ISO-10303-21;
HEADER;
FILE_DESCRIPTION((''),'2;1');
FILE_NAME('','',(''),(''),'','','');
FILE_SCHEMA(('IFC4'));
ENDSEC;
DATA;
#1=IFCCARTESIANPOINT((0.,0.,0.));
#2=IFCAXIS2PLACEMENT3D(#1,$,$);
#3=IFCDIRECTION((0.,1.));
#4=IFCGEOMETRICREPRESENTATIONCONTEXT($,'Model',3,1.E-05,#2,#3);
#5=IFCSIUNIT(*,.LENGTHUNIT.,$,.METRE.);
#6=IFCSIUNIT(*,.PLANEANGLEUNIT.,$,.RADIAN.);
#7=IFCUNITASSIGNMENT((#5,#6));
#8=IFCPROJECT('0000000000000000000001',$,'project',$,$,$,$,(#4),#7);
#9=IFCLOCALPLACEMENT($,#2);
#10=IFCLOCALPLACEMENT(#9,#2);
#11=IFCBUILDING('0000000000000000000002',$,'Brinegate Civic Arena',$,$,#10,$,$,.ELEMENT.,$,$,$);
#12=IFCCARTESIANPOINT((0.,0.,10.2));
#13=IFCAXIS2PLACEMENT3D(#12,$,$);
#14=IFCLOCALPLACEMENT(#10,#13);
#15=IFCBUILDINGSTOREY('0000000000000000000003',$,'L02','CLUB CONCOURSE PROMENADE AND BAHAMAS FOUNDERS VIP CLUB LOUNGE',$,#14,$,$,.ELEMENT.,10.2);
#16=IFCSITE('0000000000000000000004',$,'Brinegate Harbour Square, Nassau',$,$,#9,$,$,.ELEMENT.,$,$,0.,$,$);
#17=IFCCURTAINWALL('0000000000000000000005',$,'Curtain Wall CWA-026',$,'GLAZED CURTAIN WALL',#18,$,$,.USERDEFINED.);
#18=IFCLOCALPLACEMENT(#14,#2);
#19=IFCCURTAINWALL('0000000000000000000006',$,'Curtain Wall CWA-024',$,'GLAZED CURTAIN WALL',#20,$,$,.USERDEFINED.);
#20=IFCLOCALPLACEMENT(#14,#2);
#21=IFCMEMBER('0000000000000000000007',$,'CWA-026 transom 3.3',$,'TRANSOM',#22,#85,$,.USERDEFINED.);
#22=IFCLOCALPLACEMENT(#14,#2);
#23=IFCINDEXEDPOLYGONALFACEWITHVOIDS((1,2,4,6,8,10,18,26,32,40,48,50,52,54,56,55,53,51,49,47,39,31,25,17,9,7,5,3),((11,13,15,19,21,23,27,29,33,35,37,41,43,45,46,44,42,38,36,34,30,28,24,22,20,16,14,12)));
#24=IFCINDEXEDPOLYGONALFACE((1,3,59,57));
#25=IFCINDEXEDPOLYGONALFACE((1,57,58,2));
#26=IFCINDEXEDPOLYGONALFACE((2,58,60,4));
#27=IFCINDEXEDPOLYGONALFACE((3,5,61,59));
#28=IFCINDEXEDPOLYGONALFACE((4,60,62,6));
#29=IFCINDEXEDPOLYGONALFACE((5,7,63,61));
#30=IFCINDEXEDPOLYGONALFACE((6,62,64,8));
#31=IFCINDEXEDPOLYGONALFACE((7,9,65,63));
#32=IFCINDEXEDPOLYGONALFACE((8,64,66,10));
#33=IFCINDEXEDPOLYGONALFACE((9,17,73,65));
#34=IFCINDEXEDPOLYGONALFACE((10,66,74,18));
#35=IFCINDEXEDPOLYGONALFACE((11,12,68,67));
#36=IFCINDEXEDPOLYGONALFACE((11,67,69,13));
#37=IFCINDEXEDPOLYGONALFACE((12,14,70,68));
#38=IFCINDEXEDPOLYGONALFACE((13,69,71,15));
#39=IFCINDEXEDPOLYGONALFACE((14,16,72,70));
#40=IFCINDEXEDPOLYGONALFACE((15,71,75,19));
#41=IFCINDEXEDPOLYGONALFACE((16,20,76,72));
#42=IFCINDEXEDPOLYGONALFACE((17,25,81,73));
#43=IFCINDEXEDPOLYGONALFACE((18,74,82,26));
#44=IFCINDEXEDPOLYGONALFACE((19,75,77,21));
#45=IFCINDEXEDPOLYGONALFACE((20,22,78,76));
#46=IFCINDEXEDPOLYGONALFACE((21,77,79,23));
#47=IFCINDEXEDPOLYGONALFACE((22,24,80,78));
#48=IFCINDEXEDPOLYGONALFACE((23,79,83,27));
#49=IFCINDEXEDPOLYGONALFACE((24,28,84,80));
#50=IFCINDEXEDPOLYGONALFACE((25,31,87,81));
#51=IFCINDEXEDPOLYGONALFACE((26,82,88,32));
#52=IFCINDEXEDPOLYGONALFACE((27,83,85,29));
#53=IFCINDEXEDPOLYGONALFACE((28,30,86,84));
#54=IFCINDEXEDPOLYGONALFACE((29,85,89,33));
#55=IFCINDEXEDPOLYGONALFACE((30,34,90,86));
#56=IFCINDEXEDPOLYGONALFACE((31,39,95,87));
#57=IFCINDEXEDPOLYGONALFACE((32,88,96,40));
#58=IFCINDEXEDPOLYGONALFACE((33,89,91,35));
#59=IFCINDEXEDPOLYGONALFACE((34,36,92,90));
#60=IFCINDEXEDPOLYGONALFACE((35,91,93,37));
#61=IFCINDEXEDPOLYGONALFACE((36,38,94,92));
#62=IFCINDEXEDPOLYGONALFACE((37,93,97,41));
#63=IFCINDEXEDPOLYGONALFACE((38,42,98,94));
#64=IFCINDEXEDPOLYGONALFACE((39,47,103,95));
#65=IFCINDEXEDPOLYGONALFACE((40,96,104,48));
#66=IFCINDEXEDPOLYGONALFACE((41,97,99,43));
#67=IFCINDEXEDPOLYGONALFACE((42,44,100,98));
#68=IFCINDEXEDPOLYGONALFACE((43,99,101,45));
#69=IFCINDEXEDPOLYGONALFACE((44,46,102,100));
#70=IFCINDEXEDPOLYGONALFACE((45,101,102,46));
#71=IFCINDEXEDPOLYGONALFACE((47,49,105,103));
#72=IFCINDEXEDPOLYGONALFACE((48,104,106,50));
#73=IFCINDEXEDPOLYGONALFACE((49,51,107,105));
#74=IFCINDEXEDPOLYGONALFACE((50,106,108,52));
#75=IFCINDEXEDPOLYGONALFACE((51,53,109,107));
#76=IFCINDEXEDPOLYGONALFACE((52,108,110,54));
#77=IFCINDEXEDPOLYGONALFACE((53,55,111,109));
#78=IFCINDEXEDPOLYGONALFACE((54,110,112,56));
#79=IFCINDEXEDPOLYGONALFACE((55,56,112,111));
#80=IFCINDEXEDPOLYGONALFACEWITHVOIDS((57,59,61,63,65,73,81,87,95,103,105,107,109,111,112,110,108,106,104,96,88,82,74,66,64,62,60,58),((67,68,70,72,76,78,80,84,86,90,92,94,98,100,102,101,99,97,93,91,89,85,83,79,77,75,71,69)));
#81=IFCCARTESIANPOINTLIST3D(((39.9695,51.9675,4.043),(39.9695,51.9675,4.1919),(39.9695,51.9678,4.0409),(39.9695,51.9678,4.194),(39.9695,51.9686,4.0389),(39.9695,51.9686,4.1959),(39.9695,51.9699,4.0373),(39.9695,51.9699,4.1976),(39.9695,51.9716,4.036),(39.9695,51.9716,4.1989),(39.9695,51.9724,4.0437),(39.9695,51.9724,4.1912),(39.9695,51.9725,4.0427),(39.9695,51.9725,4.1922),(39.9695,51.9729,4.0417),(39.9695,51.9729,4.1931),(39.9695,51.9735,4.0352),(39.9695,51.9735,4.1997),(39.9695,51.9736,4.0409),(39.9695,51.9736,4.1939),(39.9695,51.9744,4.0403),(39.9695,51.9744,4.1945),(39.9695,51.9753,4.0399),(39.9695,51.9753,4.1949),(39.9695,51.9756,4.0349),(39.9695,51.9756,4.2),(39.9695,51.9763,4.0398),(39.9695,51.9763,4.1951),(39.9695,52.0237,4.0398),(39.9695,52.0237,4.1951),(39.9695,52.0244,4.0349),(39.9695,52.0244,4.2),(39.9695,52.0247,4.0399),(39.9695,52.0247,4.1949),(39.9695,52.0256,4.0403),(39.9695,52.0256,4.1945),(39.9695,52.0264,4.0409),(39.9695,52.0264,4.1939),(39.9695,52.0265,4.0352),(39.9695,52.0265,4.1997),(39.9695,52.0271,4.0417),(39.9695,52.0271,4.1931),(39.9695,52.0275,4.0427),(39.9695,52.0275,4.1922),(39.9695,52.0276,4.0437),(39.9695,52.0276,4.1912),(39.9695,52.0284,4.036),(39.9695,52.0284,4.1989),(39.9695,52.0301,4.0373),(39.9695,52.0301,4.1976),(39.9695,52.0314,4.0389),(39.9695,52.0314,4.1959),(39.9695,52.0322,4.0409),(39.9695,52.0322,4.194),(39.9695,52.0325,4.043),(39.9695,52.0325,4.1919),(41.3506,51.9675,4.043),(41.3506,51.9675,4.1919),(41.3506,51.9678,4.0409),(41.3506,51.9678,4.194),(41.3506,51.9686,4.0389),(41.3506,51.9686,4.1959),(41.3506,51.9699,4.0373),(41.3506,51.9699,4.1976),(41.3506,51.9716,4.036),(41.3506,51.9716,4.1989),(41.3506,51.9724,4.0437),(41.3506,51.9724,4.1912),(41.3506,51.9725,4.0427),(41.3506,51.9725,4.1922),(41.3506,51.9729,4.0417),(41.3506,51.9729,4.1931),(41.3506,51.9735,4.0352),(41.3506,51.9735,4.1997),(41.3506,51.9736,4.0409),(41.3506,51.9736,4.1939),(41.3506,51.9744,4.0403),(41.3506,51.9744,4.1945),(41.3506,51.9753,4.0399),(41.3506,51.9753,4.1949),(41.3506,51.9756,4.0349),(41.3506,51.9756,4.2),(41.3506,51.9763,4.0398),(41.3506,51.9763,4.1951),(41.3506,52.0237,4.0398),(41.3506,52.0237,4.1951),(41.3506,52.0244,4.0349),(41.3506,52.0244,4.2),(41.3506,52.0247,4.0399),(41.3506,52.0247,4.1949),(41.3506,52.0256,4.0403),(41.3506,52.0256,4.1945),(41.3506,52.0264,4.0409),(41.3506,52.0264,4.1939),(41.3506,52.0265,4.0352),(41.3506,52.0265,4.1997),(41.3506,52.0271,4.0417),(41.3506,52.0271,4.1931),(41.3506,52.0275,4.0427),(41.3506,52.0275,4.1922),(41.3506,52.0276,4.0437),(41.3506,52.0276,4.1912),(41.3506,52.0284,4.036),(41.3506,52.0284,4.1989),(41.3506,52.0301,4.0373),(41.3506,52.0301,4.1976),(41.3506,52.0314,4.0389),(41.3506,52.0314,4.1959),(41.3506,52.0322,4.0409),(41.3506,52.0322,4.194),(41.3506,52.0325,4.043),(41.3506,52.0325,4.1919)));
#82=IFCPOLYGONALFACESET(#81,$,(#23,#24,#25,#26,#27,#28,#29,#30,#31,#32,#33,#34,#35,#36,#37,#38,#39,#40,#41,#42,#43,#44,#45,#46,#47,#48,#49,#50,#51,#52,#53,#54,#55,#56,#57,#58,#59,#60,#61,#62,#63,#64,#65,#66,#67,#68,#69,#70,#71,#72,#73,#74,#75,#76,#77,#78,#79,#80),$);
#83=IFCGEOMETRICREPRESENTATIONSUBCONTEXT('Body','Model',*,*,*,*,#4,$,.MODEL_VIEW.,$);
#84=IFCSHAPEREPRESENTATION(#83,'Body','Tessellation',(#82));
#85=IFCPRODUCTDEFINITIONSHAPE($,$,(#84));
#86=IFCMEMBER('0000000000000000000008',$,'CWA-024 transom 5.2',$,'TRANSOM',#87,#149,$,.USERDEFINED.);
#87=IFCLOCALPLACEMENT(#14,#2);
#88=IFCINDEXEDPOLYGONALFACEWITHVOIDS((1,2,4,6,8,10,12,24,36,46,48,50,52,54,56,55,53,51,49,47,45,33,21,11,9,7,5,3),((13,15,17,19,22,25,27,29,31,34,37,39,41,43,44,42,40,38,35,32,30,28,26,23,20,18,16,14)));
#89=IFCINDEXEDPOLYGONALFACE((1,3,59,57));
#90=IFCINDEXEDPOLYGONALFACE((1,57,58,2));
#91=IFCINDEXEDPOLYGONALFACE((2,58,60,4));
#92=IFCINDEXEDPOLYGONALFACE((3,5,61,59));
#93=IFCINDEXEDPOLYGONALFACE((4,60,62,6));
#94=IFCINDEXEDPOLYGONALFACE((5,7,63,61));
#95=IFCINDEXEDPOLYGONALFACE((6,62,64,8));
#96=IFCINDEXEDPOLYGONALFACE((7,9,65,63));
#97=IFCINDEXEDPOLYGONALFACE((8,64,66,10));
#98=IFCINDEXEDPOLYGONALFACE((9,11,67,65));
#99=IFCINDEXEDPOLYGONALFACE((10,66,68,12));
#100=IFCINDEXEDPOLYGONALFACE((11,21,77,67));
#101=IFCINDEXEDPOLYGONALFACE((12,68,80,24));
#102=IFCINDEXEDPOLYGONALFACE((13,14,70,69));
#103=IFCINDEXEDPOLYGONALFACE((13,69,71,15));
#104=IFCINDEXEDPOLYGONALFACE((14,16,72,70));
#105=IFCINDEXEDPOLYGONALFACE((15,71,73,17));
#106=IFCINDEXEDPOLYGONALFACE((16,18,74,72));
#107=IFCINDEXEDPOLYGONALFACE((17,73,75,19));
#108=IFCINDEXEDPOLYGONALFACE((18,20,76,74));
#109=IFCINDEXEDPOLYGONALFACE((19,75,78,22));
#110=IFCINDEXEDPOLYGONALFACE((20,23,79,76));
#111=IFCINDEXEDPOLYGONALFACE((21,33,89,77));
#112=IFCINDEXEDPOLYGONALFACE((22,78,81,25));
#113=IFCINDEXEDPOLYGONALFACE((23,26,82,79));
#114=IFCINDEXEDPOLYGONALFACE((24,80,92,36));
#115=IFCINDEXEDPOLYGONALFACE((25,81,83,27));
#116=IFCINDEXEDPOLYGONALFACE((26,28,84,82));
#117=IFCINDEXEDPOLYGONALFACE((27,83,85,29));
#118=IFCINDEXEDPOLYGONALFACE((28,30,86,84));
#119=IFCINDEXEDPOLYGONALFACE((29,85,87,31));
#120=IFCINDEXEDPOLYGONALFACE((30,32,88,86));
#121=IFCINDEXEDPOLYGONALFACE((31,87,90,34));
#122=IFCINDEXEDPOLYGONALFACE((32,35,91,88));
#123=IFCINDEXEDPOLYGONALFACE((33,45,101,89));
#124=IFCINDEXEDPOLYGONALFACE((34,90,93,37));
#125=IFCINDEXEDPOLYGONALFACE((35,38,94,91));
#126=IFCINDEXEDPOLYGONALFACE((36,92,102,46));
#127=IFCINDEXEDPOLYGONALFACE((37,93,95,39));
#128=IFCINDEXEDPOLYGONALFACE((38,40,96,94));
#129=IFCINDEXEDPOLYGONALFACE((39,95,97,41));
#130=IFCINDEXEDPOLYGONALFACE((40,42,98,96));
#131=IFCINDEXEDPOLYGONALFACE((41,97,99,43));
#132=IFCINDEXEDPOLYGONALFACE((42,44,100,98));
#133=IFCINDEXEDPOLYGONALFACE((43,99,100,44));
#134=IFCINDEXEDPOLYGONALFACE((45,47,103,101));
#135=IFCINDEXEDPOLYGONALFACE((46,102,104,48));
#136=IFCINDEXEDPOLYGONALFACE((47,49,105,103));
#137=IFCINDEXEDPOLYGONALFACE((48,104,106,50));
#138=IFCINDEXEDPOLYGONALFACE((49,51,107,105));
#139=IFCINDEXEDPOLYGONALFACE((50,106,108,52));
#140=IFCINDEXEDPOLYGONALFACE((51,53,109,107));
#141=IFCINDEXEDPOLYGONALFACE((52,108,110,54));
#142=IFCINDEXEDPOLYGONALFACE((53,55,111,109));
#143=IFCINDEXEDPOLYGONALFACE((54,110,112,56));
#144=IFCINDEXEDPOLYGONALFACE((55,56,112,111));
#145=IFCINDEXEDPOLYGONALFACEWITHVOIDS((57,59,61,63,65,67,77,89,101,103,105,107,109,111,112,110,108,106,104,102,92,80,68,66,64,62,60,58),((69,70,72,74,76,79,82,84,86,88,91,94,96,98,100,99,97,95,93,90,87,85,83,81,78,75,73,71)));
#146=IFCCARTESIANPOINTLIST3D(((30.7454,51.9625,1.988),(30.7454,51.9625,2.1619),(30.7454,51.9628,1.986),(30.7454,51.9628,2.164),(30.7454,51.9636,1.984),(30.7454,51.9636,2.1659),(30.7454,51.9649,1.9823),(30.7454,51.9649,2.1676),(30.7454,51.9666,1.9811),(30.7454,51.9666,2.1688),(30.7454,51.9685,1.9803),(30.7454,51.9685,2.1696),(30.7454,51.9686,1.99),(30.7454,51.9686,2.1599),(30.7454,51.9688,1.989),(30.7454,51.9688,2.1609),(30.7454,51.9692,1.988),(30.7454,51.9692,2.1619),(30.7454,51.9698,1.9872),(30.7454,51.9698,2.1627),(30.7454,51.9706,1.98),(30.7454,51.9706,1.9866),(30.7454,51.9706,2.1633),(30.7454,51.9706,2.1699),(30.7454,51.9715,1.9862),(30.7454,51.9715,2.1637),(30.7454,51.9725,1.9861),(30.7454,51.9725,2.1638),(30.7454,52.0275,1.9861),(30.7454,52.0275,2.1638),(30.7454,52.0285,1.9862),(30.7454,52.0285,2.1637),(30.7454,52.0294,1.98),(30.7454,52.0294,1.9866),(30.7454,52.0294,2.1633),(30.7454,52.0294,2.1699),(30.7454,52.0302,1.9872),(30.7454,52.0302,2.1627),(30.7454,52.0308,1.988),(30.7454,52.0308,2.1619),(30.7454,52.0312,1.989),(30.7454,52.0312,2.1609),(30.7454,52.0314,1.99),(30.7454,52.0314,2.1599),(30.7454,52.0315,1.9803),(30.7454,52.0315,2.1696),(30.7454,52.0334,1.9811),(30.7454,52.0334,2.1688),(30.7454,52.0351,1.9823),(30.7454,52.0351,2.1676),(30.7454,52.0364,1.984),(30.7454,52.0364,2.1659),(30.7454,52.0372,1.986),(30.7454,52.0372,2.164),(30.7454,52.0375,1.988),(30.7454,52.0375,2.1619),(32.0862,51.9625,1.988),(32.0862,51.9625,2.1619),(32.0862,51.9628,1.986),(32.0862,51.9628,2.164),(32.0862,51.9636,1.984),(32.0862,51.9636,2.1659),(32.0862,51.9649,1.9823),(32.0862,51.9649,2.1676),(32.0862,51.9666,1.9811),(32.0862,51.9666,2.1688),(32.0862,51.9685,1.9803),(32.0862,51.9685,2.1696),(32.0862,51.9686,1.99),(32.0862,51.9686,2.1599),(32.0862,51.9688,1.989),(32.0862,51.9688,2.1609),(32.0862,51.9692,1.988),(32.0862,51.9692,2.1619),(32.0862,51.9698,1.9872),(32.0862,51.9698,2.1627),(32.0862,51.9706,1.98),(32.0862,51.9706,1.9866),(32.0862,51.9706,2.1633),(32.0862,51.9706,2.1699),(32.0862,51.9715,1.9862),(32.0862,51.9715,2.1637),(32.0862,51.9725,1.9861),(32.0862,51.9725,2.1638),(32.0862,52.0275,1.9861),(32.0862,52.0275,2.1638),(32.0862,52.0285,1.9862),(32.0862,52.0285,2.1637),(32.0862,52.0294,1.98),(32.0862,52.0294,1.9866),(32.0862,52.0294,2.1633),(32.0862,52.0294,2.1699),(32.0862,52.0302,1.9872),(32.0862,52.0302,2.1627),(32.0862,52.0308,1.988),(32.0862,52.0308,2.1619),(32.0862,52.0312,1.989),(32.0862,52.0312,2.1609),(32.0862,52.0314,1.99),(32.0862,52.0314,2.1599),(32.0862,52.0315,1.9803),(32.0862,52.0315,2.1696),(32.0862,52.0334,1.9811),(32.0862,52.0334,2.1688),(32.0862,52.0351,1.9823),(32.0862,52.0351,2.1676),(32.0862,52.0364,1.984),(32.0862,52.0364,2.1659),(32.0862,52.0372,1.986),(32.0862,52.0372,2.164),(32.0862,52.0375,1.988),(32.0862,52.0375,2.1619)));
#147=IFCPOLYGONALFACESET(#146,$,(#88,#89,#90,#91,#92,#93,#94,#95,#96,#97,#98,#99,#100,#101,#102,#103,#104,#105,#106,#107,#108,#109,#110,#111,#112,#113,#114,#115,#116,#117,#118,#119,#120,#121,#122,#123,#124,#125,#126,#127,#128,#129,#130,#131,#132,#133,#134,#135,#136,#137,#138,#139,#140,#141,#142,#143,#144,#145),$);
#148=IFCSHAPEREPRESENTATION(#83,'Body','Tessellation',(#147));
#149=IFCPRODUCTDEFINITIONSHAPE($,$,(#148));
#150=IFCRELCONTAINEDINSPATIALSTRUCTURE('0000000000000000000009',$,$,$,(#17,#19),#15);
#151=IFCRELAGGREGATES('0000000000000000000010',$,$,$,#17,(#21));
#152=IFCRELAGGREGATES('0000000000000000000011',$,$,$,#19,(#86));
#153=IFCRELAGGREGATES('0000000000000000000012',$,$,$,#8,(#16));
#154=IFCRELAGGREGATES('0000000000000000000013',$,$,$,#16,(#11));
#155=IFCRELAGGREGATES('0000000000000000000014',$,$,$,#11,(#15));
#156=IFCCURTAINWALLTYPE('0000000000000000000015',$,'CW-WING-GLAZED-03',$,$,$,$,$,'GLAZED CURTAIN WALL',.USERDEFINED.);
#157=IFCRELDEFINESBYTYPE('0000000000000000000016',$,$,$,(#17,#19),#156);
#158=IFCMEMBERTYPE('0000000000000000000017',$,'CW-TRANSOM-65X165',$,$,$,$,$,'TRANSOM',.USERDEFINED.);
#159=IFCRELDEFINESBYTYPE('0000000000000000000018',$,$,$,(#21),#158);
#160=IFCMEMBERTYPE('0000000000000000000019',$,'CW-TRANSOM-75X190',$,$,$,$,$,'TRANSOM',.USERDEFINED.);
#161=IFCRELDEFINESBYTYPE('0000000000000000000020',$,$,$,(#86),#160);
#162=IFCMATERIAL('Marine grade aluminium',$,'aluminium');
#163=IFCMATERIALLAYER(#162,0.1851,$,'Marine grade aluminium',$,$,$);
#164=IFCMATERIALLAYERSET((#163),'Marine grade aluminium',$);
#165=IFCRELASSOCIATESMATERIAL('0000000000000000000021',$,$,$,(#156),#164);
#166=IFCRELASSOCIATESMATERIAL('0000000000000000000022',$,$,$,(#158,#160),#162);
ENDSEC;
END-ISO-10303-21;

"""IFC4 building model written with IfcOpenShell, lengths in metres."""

from ifc_helpers import new_model, si_unit, direction, frame, origin, origin_2d, place, context, subcontext, project, spatial, hollow_rectangle, extrude, material, layer, layer_set, material_profile, profile_set, type_object, element, aggregate, save


model = new_model("IFC4")

# Units and contexts
model_context = context("Model", 3, precision=1e-05, world=origin(), true_north=direction((0.0, 1.0)))
body_context = subcontext(model_context, "Body", "Model", "MODEL_VIEW")
ifc_project = project(units=[si_unit("LENGTHUNIT", "METRE"), si_unit("PLANEANGLEUNIT", "RADIAN")], contexts=[model_context])

# Site, building, storey
site_placement = place(None, origin())
site = spatial("IfcSite", under=ifc_project, at=site_placement, Name="Brinegate Harbour Square, Nassau", CompositionType="ELEMENT", RefElevation=0.0)
building_placement = place(site_placement, origin())
building = spatial("IfcBuilding", under=site, at=building_placement, Name="Brinegate Civic Arena", CompositionType="ELEMENT")
storey_placement = place(building_placement, frame((0.0, 0.0, 10.2)))
storey = spatial("IfcBuildingStorey", under=building, at=storey_placement, Name="L02", Description="CLUB CONCOURSE PROMENADE AND BAHAMAS FOUNDERS VIP CLUB LOUNGE", CompositionType="ELEMENT", Elevation=10.2)

# Curtain walls
ifc_material_1 = material(Name="Marine grade aluminium", Category="aluminium")
ifc_layer_1 = layer(ifc_material_1, 0.1851, Name="Marine grade aluminium")
ifc_layer_set_1 = layer_set([ifc_layer_1], Name="Marine grade aluminium")
curtain_wall_type = type_object("IfcCurtainWallType", Name="CW-WING-GLAZED-03", ElementType="GLAZED CURTAIN WALL", PredefinedType="USERDEFINED", material=ifc_layer_set_1)
curtain_wall_1_placement = place(storey_placement, origin())
curtain_wall_1 = element("IfcCurtainWall", 1, at=curtain_wall_1_placement, inside=storey, type_object=curtain_wall_type, Name="Curtain Wall CWA-026", ObjectType="GLAZED CURTAIN WALL", PredefinedType="USERDEFINED")
curtain_wall_2_placement = place(storey_placement, origin())
curtain_wall_2 = element("IfcCurtainWall", 2, at=curtain_wall_2_placement, inside=storey, type_object=curtain_wall_type, Name="Curtain Wall CWA-024", ObjectType="GLAZED CURTAIN WALL", PredefinedType="USERDEFINED")

# Members
ifc_material_profile_1 = material_profile(ifc_material_1, hollow_rectangle(XDim=0.0649, YDim=0.165, WallThickness=0.0049, InnerFilletRadius=0.0039, OuterFilletRadius=0.0081, at=origin_2d()), Name="TRN65X165")
ifc_profile_set_1 = profile_set([ifc_material_profile_1], Name="Marine grade aluminium")
member_type_1 = type_object("IfcMemberType", Name="CW-TRANSOM-65X165", ElementType="TRANSOM", PredefinedType="USERDEFINED", material=ifc_profile_set_1)
member_1_placement = place(storey_placement, frame((39.9695, 52.0, 4.1174), z_axis=(1.0, 0.0, 0.0), x_axis=(0.0, 1.0, 0.0)))
member_1 = element("IfcMember", 3, at=member_1_placement, type_object=member_type_1, Name="CWA-026 transom 3.3", ObjectType="TRANSOM", PredefinedType="USERDEFINED", context=body_context, shape_type="SweptSolid", body=[
    extrude(hollow_rectangle(XDim=0.0649, YDim=0.165, WallThickness=0.0049, InnerFilletRadius=0.0039, OuterFilletRadius=0.0081, at=origin_2d()), origin(), (0.0, 0.0, 1.0), 1.3811),
])
ifc_material_profile_2 = material_profile(ifc_material_1, hollow_rectangle(XDim=0.075, YDim=0.1899, WallThickness=0.0061, InnerFilletRadius=0.0039, OuterFilletRadius=0.0081, at=origin_2d()), Name="TRN75X190")
ifc_profile_set_2 = profile_set([ifc_material_profile_2], Name="Marine grade aluminium")
member_type_2 = type_object("IfcMemberType", Name="CW-TRANSOM-75X190", ElementType="TRANSOM", PredefinedType="USERDEFINED", material=ifc_profile_set_2)
member_2_placement = place(storey_placement, frame((30.7454, 52.0, 2.075), z_axis=(1.0, 0.0, 0.0), x_axis=(0.0, 1.0, 0.0)))
member_2 = element("IfcMember", 4, at=member_2_placement, type_object=member_type_2, Name="CWA-024 transom 5.2", ObjectType="TRANSOM", PredefinedType="USERDEFINED", context=body_context, shape_type="SweptSolid", body=[
    extrude(hollow_rectangle(XDim=0.075, YDim=0.1899, WallThickness=0.0061, InnerFilletRadius=0.0039, OuterFilletRadius=0.0081, at=origin_2d()), origin(), (0.0, 0.0, 1.0), 1.3408),
])

aggregate(curtain_wall_1, [member_1])
aggregate(curtain_wall_2, [member_2])

save(model, "model.ifc")
